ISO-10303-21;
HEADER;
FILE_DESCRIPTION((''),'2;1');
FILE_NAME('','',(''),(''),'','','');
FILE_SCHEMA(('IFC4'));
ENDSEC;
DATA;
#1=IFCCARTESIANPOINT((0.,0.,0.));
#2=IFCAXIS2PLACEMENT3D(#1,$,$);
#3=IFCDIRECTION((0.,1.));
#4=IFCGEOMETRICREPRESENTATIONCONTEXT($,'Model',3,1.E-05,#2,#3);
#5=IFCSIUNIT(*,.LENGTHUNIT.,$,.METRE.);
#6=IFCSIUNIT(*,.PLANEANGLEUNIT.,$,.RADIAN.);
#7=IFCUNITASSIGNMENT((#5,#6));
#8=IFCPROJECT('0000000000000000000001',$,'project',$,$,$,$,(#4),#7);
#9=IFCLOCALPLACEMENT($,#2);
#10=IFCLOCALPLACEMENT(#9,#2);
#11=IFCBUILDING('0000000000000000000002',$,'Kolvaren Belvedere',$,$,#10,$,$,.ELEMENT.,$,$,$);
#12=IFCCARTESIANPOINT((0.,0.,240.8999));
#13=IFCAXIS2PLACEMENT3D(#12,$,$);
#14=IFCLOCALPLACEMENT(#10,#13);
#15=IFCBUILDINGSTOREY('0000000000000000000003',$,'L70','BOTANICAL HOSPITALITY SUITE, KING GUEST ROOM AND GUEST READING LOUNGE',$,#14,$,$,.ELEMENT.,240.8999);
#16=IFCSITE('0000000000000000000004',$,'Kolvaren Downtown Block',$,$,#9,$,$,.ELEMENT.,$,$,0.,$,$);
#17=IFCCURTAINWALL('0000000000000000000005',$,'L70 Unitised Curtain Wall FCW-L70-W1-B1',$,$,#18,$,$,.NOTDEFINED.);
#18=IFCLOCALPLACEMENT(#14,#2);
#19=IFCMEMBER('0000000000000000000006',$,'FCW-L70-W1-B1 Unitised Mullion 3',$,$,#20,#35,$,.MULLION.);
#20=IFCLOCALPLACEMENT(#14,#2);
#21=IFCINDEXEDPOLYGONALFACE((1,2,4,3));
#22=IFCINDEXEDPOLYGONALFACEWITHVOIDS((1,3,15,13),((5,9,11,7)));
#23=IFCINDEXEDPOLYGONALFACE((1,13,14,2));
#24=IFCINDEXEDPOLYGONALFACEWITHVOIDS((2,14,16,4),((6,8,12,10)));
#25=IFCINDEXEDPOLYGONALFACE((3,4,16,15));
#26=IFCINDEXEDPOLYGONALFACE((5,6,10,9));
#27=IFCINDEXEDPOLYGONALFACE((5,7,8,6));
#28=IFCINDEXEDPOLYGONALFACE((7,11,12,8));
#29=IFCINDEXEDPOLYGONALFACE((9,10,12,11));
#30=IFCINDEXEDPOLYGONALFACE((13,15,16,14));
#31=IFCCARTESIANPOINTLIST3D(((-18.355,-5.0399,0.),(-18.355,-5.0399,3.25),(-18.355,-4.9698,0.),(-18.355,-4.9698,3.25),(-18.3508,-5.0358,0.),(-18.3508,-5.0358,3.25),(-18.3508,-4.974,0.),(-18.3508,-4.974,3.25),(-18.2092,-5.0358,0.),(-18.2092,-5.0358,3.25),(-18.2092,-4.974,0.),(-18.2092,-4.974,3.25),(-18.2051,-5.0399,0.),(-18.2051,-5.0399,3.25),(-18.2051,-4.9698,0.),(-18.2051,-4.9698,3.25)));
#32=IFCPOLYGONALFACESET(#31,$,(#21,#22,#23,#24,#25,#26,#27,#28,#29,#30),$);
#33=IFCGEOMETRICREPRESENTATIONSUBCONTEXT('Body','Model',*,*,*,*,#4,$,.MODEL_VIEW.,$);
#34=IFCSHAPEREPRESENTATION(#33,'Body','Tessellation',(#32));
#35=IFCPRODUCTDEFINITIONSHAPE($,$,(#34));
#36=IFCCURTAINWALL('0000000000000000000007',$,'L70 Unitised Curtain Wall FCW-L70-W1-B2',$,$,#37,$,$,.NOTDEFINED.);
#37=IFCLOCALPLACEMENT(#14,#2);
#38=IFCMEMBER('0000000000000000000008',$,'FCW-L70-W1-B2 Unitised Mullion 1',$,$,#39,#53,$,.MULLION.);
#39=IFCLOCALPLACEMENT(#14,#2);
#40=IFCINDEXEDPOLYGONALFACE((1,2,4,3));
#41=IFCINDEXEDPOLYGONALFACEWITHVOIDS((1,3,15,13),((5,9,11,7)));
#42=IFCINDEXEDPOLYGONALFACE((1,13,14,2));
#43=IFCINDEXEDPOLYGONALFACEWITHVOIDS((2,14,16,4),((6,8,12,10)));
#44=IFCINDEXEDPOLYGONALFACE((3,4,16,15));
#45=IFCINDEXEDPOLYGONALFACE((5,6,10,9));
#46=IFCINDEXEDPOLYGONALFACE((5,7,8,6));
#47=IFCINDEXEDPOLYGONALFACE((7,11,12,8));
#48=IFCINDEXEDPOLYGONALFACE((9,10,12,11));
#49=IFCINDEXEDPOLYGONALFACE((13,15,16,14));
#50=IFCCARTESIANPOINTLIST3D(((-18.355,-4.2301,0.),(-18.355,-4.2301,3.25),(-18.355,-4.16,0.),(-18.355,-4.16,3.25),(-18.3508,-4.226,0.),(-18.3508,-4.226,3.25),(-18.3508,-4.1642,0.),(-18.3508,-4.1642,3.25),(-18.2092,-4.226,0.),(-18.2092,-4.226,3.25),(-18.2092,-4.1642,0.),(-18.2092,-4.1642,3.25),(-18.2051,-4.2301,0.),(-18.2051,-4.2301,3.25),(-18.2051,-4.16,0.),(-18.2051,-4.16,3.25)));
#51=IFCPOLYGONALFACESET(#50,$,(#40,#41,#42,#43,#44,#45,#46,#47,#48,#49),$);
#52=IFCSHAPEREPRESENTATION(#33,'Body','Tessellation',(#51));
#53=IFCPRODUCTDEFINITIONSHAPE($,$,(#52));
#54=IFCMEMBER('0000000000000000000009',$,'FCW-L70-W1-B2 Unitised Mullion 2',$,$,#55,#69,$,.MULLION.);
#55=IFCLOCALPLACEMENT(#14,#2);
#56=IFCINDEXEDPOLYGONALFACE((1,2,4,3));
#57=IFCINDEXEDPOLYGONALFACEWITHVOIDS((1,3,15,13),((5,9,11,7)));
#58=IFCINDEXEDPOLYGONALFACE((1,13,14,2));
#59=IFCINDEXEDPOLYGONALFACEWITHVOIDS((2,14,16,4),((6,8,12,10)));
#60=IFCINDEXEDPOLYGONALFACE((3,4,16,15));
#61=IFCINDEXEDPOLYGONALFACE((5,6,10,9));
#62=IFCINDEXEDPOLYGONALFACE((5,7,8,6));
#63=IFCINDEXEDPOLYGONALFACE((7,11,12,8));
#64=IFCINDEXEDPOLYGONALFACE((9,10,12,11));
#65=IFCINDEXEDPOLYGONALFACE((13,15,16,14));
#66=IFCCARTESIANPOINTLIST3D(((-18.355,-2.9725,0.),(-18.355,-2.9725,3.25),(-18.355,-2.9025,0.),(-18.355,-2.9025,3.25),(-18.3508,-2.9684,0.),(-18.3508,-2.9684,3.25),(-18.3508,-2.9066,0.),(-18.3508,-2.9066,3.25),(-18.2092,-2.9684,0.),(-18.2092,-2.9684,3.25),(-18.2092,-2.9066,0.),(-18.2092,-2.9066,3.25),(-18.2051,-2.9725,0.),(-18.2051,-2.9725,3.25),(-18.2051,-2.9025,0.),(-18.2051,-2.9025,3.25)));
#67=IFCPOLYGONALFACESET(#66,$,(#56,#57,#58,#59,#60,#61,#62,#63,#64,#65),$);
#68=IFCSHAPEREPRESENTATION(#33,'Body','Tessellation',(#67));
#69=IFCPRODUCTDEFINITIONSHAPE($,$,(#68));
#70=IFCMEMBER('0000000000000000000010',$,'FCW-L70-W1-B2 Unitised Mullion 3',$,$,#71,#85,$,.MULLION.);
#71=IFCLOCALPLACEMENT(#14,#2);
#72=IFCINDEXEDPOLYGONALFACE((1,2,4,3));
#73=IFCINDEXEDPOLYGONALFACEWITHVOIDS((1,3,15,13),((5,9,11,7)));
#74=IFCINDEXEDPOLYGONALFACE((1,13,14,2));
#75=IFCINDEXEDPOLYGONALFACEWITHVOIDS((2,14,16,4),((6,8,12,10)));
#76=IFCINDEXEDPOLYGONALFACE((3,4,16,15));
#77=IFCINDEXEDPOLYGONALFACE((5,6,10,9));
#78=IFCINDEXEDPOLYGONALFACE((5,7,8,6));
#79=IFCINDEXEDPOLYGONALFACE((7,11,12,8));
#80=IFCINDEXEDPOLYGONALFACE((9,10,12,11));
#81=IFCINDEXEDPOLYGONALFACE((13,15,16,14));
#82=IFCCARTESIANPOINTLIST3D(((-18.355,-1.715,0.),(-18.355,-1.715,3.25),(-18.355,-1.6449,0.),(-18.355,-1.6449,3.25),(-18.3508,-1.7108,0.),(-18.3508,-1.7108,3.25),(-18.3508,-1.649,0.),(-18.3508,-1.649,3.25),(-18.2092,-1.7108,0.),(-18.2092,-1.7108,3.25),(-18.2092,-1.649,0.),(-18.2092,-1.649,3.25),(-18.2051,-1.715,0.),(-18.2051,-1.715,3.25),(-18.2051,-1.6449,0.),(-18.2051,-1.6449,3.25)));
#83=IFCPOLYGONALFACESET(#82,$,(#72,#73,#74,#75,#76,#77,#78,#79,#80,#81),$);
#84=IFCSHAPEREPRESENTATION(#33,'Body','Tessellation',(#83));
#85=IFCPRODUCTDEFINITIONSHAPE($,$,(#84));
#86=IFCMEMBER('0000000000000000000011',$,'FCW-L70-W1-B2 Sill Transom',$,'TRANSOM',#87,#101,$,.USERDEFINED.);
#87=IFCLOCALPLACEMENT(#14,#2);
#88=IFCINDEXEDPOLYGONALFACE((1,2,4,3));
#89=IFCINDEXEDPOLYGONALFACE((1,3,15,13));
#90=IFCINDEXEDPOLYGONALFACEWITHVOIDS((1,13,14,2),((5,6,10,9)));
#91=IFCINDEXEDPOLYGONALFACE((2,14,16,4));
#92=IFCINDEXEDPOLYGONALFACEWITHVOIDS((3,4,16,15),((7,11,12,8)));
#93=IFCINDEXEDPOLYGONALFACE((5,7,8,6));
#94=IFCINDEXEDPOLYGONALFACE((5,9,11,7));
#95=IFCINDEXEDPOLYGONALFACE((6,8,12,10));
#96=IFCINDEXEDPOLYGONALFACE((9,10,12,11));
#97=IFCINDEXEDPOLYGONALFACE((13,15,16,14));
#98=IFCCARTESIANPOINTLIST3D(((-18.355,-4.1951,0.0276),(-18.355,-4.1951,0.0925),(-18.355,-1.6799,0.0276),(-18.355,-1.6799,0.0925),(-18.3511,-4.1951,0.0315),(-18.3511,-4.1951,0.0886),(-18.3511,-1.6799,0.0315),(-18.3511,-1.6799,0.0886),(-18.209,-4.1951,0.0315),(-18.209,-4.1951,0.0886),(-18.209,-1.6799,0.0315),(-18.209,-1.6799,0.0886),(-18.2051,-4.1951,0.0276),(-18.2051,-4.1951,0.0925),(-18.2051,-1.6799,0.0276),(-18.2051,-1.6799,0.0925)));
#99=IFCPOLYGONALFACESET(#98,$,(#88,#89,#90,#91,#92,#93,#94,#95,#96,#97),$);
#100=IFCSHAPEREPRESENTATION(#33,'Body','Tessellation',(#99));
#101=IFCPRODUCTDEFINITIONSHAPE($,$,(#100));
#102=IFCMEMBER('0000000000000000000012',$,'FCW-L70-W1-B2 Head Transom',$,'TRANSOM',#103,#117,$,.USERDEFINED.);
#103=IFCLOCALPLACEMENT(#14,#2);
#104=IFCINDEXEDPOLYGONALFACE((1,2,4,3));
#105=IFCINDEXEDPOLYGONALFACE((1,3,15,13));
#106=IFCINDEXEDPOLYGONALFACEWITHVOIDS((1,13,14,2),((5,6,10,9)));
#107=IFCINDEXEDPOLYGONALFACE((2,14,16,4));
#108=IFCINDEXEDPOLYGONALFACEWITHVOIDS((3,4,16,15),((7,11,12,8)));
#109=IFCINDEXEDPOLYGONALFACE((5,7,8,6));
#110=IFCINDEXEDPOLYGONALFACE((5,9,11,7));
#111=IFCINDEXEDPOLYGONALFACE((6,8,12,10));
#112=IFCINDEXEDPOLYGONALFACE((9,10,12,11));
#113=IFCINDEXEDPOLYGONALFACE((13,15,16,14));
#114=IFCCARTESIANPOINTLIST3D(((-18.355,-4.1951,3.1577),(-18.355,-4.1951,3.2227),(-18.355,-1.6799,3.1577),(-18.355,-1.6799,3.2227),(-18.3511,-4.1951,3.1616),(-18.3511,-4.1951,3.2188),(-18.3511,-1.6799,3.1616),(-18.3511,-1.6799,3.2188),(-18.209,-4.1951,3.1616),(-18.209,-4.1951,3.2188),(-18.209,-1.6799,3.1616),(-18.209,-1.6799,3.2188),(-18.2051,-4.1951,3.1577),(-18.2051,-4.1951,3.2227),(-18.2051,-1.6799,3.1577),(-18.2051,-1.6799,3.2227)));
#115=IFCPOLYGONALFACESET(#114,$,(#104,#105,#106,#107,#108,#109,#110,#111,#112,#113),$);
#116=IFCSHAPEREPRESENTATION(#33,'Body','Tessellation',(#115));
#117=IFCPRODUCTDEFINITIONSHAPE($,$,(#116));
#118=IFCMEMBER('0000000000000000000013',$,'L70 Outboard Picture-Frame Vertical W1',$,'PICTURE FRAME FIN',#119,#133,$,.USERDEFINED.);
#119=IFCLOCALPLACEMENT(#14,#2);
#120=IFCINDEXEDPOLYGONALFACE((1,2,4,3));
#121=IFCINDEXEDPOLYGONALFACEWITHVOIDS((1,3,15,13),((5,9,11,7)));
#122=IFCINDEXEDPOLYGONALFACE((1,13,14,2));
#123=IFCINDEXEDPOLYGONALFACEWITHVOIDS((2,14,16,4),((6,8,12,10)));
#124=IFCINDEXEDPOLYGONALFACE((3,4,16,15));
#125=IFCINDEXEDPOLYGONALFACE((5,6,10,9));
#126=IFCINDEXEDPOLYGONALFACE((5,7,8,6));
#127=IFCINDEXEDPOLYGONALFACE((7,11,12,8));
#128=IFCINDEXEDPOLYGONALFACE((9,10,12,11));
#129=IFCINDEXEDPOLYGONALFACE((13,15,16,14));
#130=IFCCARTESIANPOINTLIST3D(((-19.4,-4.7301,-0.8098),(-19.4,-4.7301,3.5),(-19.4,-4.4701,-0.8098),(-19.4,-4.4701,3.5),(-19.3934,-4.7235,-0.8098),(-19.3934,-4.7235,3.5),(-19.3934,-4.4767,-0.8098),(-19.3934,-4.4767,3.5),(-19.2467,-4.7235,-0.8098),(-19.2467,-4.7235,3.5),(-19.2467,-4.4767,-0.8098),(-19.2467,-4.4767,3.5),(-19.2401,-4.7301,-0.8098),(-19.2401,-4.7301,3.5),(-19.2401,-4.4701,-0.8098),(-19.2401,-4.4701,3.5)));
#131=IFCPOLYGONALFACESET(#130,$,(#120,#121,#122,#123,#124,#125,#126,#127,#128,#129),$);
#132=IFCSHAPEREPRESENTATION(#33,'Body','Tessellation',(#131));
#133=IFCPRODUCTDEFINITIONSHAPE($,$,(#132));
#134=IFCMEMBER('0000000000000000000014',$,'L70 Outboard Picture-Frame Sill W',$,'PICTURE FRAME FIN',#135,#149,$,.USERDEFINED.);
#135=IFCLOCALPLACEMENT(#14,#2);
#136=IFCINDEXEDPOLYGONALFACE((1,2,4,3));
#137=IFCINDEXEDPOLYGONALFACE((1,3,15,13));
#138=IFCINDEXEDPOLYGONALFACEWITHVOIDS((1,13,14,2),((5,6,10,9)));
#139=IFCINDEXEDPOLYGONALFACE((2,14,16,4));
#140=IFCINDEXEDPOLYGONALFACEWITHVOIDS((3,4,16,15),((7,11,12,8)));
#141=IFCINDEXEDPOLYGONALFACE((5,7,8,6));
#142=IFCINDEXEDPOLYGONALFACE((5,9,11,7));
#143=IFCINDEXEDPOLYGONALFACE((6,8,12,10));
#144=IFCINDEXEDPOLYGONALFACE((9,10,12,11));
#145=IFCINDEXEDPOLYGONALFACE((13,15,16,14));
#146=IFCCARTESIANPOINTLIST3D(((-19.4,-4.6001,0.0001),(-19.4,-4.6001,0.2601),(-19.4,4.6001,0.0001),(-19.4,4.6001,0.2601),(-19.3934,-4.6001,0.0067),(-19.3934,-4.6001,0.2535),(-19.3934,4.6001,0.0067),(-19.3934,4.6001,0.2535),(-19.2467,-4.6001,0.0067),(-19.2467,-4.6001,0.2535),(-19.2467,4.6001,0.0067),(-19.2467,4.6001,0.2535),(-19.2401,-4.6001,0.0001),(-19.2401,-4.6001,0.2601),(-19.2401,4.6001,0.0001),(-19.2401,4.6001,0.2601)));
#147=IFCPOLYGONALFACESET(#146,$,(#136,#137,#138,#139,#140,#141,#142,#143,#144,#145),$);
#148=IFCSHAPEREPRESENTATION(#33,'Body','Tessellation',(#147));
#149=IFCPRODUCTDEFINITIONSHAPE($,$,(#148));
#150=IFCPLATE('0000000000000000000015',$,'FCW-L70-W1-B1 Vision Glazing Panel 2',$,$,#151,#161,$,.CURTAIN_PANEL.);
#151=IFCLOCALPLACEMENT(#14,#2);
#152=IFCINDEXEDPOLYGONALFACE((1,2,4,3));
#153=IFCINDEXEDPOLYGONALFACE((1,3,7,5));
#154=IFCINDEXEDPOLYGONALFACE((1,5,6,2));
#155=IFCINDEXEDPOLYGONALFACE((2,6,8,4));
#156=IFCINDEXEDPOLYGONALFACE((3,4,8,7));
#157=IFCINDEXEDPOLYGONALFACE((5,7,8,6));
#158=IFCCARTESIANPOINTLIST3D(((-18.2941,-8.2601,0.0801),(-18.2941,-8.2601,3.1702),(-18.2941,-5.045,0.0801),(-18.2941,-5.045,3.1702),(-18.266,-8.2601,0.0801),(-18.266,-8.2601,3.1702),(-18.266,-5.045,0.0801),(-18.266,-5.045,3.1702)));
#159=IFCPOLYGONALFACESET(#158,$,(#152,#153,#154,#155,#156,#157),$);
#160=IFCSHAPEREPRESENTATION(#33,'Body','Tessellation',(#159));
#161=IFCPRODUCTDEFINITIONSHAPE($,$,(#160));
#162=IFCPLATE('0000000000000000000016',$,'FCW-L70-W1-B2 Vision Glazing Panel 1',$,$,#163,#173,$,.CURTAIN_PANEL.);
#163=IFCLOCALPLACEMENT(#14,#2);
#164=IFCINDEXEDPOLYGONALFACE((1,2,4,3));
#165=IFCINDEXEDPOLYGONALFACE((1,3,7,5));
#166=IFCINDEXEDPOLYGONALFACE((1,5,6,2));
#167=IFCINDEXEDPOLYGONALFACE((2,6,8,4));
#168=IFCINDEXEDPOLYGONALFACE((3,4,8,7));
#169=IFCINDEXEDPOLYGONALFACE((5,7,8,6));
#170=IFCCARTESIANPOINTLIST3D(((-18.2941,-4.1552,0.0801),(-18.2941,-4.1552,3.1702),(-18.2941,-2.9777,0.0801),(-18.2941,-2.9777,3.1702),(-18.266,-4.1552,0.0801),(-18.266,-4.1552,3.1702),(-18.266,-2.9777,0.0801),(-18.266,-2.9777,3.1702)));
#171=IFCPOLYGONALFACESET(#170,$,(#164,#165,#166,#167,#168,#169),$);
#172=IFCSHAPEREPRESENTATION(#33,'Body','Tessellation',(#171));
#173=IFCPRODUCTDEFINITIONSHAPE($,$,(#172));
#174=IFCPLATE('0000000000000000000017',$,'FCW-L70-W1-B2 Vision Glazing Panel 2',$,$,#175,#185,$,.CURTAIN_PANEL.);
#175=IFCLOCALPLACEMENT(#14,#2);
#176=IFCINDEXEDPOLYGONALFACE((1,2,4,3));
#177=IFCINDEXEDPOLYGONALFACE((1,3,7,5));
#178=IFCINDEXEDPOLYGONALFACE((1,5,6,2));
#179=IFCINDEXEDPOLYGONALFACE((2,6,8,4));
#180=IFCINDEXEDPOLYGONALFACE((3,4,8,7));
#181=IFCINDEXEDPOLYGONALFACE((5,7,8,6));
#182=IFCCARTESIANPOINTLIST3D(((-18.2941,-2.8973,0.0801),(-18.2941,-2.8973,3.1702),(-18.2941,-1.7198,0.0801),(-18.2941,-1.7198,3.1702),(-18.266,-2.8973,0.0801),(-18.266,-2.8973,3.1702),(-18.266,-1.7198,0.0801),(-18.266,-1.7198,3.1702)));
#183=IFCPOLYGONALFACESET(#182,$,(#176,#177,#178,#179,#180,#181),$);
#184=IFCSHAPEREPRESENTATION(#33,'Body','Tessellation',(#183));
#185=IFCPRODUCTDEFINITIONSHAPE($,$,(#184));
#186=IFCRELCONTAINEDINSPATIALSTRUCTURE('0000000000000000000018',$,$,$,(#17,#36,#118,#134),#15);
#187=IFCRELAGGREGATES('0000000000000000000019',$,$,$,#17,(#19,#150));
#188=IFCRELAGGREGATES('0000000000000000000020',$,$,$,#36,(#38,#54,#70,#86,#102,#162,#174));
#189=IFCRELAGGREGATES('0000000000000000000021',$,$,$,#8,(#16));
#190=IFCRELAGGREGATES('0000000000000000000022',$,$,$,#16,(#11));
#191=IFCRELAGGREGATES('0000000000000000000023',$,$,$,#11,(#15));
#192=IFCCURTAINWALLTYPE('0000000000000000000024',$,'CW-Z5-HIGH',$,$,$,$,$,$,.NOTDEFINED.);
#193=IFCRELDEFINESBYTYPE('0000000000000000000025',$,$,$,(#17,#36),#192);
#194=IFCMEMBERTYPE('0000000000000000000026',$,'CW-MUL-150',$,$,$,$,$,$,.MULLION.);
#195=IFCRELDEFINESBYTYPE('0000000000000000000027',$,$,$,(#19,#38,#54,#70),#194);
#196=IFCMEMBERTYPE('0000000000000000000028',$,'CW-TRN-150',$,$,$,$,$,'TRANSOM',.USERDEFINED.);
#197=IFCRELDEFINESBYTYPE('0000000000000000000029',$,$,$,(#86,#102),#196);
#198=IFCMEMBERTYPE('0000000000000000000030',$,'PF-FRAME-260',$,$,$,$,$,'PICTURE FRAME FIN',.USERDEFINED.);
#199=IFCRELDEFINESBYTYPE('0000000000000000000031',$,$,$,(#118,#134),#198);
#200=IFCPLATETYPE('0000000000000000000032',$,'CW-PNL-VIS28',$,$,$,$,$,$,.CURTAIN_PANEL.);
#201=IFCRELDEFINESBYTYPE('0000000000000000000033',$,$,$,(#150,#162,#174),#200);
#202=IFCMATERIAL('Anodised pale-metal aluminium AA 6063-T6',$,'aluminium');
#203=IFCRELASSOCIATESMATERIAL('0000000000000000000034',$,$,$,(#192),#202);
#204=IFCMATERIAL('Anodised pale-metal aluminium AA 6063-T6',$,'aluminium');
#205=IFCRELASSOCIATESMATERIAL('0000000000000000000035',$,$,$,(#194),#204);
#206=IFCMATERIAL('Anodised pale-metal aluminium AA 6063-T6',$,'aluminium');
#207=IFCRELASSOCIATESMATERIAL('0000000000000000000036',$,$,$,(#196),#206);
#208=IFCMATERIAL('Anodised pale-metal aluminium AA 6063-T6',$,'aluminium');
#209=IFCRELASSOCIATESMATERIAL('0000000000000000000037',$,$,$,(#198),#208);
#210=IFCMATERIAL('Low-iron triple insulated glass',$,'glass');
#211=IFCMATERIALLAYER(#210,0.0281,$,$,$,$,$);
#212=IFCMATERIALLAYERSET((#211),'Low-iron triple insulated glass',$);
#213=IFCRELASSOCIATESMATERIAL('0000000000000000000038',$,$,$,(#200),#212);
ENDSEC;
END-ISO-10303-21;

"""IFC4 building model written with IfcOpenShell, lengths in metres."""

from ifc_helpers import new_model, si_unit, direction, frame, origin, origin_2d, place, context, subcontext, project, spatial, rectangle, hollow_rectangle, extrude, material, layer, layer_set, material_profile, profile_set, type_object, element, aggregate, save


model = new_model("IFC4")

# Units and contexts
model_context = context("Model", 3, precision=1e-05, world=origin(), true_north=direction((0.0, 1.0)))
body_context = subcontext(model_context, "Body", "Model", "MODEL_VIEW")
ifc_project = project(units=[si_unit("LENGTHUNIT", "METRE"), si_unit("PLANEANGLEUNIT", "RADIAN")], contexts=[model_context])

# Site, building, storey
site_placement = place(None, origin())
site = spatial("IfcSite", under=ifc_project, at=site_placement, Name="Kolvaren Downtown Block", CompositionType="ELEMENT", RefElevation=0.0)
building_placement = place(site_placement, origin())
building = spatial("IfcBuilding", under=site, at=building_placement, Name="Kolvaren Belvedere", CompositionType="ELEMENT")
storey_placement = place(building_placement, frame((0.0, 0.0, 240.8999)))
storey = spatial("IfcBuildingStorey", under=building, at=storey_placement, Name="L70", Description="BOTANICAL HOSPITALITY SUITE, KING GUEST ROOM AND GUEST READING LOUNGE", CompositionType="ELEMENT", Elevation=240.8999)

# Curtain walls, members
ifc_material_1 = material(Name="Anodised pale-metal aluminium AA 6063-T6", Category="aluminium")
curtain_wall_type = type_object("IfcCurtainWallType", Name="CW-Z5-HIGH", PredefinedType="NOTDEFINED", material=ifc_material_1)
curtain_wall_1_placement = place(storey_placement, origin())
curtain_wall_1 = element("IfcCurtainWall", 1, at=curtain_wall_1_placement, inside=storey, type_object=curtain_wall_type, Name="L70 Unitised Curtain Wall FCW-L70-W1-B1", PredefinedType="NOTDEFINED")
ifc_material_2 = material(Name="Anodised pale-metal aluminium AA 6063-T6", Category="aluminium")
ifc_material_profile_1 = material_profile(ifc_material_2, hollow_rectangle(XDim=0.0701, YDim=0.1499, WallThickness=0.0042, at=origin_2d()), Name="ALU-MUL-150X70")
ifc_profile_set_1 = profile_set([ifc_material_profile_1], Name="Anodised pale-metal aluminium AA 6063-T6")
member_type_1 = type_object("IfcMemberType", Name="CW-MUL-150", PredefinedType="MULLION", material=ifc_profile_set_1)
member_1_placement = place(storey_placement, frame((-18.28, -5.0049, 0.0), z_axis=(0.0, 0.0, 1.0), x_axis=(0.0, 1.0, 0.0)))
member_1 = element("IfcMember", 2, at=member_1_placement, type_object=member_type_1, Name="FCW-L70-W1-B1 Unitised Mullion 3", PredefinedType="MULLION", context=body_context, shape_type="SweptSolid", body=[
    extrude(hollow_rectangle(XDim=0.0701, YDim=0.1499, WallThickness=0.0042, at=origin_2d()), origin(), (0.0, 0.0, 1.0), 3.25),
])
curtain_wall_2_placement = place(storey_placement, origin())
curtain_wall_2 = element("IfcCurtainWall", 3, at=curtain_wall_2_placement, inside=storey, type_object=curtain_wall_type, Name="L70 Unitised Curtain Wall FCW-L70-W1-B2", PredefinedType="NOTDEFINED")
member_2_placement = place(storey_placement, frame((-18.28, -4.1951, 0.0), z_axis=(0.0, 0.0, 1.0), x_axis=(0.0, 1.0, 0.0)))
member_2 = element("IfcMember", 4, at=member_2_placement, type_object=member_type_1, Name="FCW-L70-W1-B2 Unitised Mullion 1", PredefinedType="MULLION", context=body_context, shape_type="SweptSolid", body=[
    extrude(hollow_rectangle(XDim=0.0701, YDim=0.1499, WallThickness=0.0042, at=origin_2d()), origin(), (0.0, 0.0, 1.0), 3.25),
])
member_3_placement = place(storey_placement, frame((-18.28, -2.9375, 0.0), z_axis=(0.0, 0.0, 1.0), x_axis=(0.0, 1.0, 0.0)))
member_3 = element("IfcMember", 5, at=member_3_placement, type_object=member_type_1, Name="FCW-L70-W1-B2 Unitised Mullion 2", PredefinedType="MULLION", context=body_context, shape_type="SweptSolid", body=[
    extrude(hollow_rectangle(XDim=0.0701, YDim=0.1499, WallThickness=0.0042, at=origin_2d()), origin(), (0.0, 0.0, 1.0), 3.25),
])
member_4_placement = place(storey_placement, frame((-18.28, -1.6799, 0.0), z_axis=(0.0, 0.0, 1.0), x_axis=(0.0, 1.0, 0.0)))
member_4 = element("IfcMember", 6, at=member_4_placement, type_object=member_type_1, Name="FCW-L70-W1-B2 Unitised Mullion 3", PredefinedType="MULLION", context=body_context, shape_type="SweptSolid", body=[
    extrude(hollow_rectangle(XDim=0.0701, YDim=0.1499, WallThickness=0.0042, at=origin_2d()), origin(), (0.0, 0.0, 1.0), 3.25),
])
ifc_material_3 = material(Name="Anodised pale-metal aluminium AA 6063-T6", Category="aluminium")
ifc_material_profile_2 = material_profile(ifc_material_3, hollow_rectangle(XDim=0.0649, YDim=0.1499, WallThickness=0.0039, at=origin_2d()), Name="ALU-TRN-150X65")
ifc_profile_set_2 = profile_set([ifc_material_profile_2], Name="Anodised pale-metal aluminium AA 6063-T6")
member_type_2 = type_object("IfcMemberType", Name="CW-TRN-150", ElementType="TRANSOM", PredefinedType="USERDEFINED", material=ifc_profile_set_2)
member_5_placement = place(storey_placement, frame((-18.28, -4.1951, 0.0601), z_axis=(0.0, 1.0, 0.0), x_axis=(0.0, 0.0, 1.0)))
member_5 = element("IfcMember", 7, at=member_5_placement, type_object=member_type_2, Name="FCW-L70-W1-B2 Sill Transom", ObjectType="TRANSOM", PredefinedType="USERDEFINED", context=body_context, shape_type="SweptSolid", body=[
    extrude(hollow_rectangle(XDim=0.0649, YDim=0.1499, WallThickness=0.0039, at=origin_2d()), origin(), (0.0, 0.0, 1.0), 2.5151),
])
member_6_placement = place(storey_placement, frame((-18.28, -4.1951, 3.1902), z_axis=(0.0, 1.0, 0.0), x_axis=(0.0, 0.0, 1.0)))
member_6 = element("IfcMember", 8, at=member_6_placement, type_object=member_type_2, Name="FCW-L70-W1-B2 Head Transom", ObjectType="TRANSOM", PredefinedType="USERDEFINED", context=body_context, shape_type="SweptSolid", body=[
    extrude(hollow_rectangle(XDim=0.0649, YDim=0.1499, WallThickness=0.0039, at=origin_2d()), origin(), (0.0, 0.0, 1.0), 2.5151),
])

# Members
ifc_material_4 = material(Name="Anodised pale-metal aluminium AA 6063-T6", Category="aluminium")
ifc_material_profile_3 = material_profile(ifc_material_4, hollow_rectangle(XDim=0.1599, YDim=0.26, WallThickness=0.0066, at=origin_2d()), Name="ALU-PF-260X160")
ifc_profile_set_3 = profile_set([ifc_material_profile_3], Name="Anodised pale-metal aluminium AA 6063-T6")
member_type_3 = type_object("IfcMemberType", Name="PF-FRAME-260", ElementType="PICTURE FRAME FIN", PredefinedType="USERDEFINED", material=ifc_profile_set_3)
member_7_placement = place(storey_placement, frame((-19.3201, -4.6001, -0.8098), z_axis=(0.0, 0.0, 1.0), x_axis=(1.0, 0.0, 0.0)))
element("IfcMember", 9, at=member_7_placement, inside=storey, type_object=member_type_3, Name="L70 Outboard Picture-Frame Vertical W1", ObjectType="PICTURE FRAME FIN", PredefinedType="USERDEFINED", context=body_context, shape_type="SweptSolid", body=[
    extrude(hollow_rectangle(XDim=0.1599, YDim=0.26, WallThickness=0.0066, at=origin_2d()), origin(), (0.0, 0.0, 1.0), 4.3098),
])
member_8_placement = place(storey_placement, frame((-19.3201, -4.6001, 0.1301), z_axis=(0.0, 1.0, 0.0), x_axis=(-1.0, 0.0, 0.0)))
element("IfcMember", 10, at=member_8_placement, inside=storey, type_object=member_type_3, Name="L70 Outboard Picture-Frame Sill W", ObjectType="PICTURE FRAME FIN", PredefinedType="USERDEFINED", context=body_context, shape_type="SweptSolid", body=[
    extrude(hollow_rectangle(XDim=0.1599, YDim=0.26, WallThickness=0.0066, at=origin_2d()), origin(), (0.0, 0.0, 1.0), 9.2002),
])

# Plates
ifc_material_5 = material(Name="Low-iron triple insulated glass", Category="glass")
ifc_layer_1 = layer(ifc_material_5, 0.0281)
ifc_layer_set_1 = layer_set([ifc_layer_1], Name="Low-iron triple insulated glass")
plate_type_1 = type_object("IfcPlateType", Name="CW-PNL-VIS28", PredefinedType="CURTAIN_PANEL", material=ifc_layer_set_1)
plate_1_placement = place(storey_placement, frame((-18.28, -6.6526, 0.0801), z_axis=(0.0, 0.0, 1.0), x_axis=(0.0, 1.0, 0.0)))
plate_1 = element("IfcPlate", 11, at=plate_1_placement, type_object=plate_type_1, Name="FCW-L70-W1-B1 Vision Glazing Panel 2", PredefinedType="CURTAIN_PANEL", context=body_context, shape_type="SweptSolid", body=[
    extrude(rectangle(XDim=3.2151, YDim=0.0281, at=origin_2d()), origin(), (0.0, 0.0, 1.0), 3.0901),
])
aggregate(curtain_wall_1, [member_1, plate_1])
plate_2_placement = place(storey_placement, frame((-18.28, -3.5664, 0.0801), z_axis=(0.0, 0.0, 1.0), x_axis=(0.0, 1.0, 0.0)))
plate_2 = element("IfcPlate", 12, at=plate_2_placement, type_object=plate_type_1, Name="FCW-L70-W1-B2 Vision Glazing Panel 1", PredefinedType="CURTAIN_PANEL", context=body_context, shape_type="SweptSolid", body=[
    extrude(rectangle(XDim=1.1775, YDim=0.0281, at=origin_2d()), origin(), (0.0, 0.0, 1.0), 3.0901),
])
plate_3_placement = place(storey_placement, frame((-18.28, -2.3086, 0.0801), z_axis=(0.0, 0.0, 1.0), x_axis=(0.0, 1.0, 0.0)))
plate_3 = element("IfcPlate", 13, at=plate_3_placement, type_object=plate_type_1, Name="FCW-L70-W1-B2 Vision Glazing Panel 2", PredefinedType="CURTAIN_PANEL", context=body_context, shape_type="SweptSolid", body=[
    extrude(rectangle(XDim=1.1775, YDim=0.0281, at=origin_2d()), origin(), (0.0, 0.0, 1.0), 3.0901),
])
aggregate(curtain_wall_2, [member_2, member_3, member_4, member_5, member_6, plate_2, plate_3])

save(model, "model.ifc")
